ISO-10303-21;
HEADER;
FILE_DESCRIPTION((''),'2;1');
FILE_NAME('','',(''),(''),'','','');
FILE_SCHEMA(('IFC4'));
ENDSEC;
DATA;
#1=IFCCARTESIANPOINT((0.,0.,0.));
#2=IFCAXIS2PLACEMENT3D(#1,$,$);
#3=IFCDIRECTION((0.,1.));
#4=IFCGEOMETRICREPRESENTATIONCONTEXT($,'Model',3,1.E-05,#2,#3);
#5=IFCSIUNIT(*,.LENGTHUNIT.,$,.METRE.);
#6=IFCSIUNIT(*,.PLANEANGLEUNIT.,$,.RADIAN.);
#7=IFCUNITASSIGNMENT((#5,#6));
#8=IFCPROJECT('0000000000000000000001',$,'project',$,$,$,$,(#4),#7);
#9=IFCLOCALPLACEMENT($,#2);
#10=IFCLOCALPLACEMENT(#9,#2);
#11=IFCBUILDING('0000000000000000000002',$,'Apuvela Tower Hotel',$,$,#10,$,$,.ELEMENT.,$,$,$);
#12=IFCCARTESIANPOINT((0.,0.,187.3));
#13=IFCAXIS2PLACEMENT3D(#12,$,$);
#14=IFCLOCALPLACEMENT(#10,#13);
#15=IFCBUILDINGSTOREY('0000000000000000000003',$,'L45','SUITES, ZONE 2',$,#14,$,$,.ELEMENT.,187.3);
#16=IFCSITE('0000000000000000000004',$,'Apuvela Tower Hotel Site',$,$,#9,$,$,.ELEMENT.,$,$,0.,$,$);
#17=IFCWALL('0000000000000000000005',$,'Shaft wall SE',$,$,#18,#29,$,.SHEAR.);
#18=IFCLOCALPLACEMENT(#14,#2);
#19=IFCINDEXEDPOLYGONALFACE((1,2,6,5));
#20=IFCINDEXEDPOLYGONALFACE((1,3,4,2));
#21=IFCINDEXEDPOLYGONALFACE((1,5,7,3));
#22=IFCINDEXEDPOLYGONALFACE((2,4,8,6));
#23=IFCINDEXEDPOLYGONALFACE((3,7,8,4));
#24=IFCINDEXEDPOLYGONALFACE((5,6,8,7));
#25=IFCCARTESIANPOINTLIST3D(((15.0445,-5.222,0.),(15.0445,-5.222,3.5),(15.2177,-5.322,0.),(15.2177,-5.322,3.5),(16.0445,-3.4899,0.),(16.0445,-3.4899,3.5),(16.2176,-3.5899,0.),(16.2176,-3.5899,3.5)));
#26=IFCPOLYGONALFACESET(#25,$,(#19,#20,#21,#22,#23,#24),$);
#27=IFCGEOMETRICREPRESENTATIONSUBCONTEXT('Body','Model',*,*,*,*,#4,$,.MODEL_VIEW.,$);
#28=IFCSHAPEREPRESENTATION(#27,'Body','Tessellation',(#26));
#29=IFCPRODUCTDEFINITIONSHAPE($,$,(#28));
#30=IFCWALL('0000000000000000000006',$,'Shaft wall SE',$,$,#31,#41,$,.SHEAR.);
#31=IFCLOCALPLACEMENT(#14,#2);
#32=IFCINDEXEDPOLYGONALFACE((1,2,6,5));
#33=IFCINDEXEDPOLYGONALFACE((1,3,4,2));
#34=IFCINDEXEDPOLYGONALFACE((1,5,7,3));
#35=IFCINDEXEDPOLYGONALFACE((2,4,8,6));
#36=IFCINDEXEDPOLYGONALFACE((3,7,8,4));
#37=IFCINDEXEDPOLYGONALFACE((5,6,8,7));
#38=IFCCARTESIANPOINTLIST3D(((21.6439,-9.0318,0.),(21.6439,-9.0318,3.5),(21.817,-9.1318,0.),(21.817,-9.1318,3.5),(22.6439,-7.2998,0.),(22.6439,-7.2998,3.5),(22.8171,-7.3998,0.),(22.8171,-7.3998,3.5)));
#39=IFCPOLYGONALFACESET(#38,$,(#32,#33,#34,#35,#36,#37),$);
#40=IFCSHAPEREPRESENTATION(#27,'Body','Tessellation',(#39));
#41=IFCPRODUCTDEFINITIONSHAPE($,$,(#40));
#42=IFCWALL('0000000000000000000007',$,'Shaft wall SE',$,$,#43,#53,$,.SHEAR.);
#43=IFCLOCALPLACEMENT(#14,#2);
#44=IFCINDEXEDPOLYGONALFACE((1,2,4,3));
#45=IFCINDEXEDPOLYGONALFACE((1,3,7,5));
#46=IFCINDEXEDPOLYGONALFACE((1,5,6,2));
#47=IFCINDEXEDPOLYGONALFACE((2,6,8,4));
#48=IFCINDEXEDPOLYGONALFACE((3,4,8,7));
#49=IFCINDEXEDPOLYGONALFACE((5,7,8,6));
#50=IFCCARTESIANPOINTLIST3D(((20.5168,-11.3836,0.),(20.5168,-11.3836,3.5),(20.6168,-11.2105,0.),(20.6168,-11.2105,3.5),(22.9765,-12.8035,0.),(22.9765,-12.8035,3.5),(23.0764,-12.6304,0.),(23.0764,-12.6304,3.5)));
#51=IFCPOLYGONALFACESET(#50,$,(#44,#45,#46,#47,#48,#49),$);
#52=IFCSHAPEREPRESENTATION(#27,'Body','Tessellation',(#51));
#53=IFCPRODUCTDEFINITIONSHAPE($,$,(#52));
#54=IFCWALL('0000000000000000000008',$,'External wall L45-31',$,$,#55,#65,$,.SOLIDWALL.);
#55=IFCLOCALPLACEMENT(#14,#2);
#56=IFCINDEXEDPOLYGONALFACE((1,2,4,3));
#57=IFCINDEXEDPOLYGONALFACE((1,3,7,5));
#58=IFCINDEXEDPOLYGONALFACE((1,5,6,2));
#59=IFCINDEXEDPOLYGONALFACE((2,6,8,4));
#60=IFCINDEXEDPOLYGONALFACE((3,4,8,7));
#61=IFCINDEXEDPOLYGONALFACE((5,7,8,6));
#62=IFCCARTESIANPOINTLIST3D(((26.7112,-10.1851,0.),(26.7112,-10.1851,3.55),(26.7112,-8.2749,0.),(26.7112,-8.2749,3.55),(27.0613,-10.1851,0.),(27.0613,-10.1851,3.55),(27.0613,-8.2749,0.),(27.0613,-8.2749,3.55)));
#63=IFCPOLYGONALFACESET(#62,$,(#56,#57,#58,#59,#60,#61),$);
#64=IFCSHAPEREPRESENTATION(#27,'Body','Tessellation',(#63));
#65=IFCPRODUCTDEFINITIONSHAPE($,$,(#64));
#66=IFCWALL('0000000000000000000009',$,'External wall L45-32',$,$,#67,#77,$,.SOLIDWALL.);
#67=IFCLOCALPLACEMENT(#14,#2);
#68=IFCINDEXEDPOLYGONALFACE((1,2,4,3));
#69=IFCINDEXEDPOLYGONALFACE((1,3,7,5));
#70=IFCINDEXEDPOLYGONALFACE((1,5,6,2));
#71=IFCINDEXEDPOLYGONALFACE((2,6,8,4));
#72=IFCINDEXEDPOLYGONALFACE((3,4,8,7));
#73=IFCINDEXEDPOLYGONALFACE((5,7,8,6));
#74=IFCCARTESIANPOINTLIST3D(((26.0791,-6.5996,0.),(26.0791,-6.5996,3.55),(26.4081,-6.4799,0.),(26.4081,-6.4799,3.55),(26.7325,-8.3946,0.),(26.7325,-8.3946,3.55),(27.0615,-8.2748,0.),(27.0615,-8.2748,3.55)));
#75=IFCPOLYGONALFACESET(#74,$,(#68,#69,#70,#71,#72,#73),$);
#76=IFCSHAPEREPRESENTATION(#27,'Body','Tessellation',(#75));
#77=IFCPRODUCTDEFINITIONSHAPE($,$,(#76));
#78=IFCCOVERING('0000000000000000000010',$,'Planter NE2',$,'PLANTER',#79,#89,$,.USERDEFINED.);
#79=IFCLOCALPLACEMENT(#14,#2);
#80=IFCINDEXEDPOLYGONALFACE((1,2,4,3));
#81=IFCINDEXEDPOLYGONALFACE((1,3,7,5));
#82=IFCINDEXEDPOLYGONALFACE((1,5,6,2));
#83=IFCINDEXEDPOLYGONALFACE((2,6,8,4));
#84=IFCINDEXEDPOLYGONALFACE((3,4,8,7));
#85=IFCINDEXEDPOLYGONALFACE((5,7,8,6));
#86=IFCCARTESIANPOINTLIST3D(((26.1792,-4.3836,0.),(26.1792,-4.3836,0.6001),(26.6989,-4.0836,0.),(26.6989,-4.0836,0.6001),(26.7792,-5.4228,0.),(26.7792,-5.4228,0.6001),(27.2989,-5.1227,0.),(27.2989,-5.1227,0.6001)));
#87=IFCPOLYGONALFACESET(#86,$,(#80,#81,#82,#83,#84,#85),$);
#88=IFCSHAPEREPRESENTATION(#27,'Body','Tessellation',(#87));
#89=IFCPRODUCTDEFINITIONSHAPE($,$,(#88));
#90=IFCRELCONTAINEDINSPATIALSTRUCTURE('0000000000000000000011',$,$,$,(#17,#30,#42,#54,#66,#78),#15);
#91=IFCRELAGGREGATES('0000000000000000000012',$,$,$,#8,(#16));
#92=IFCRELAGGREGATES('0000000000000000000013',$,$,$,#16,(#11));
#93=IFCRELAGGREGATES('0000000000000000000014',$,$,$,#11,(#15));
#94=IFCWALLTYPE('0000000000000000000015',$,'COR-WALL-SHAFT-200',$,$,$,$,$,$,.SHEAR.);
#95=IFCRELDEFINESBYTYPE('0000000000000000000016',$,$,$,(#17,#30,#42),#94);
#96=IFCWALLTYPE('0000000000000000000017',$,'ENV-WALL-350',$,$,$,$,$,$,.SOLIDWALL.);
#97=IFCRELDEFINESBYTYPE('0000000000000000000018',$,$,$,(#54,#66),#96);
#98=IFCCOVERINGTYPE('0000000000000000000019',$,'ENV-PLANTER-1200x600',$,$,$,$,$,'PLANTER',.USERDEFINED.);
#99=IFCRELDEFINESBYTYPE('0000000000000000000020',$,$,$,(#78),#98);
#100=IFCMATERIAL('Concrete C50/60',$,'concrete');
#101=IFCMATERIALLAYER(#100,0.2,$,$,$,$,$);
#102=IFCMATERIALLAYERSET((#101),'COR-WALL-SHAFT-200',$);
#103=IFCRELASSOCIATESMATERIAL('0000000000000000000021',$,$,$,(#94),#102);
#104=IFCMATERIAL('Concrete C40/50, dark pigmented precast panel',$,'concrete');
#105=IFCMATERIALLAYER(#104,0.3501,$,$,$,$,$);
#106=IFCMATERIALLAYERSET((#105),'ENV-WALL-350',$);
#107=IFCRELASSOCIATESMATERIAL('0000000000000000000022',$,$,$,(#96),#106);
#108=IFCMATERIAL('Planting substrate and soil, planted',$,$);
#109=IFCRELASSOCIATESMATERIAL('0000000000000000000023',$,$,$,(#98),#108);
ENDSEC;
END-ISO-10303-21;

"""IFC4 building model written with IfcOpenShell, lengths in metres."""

from ifc_helpers import new_model, si_unit, direction, frame, frame_2d, origin, origin_2d, place, context, subcontext, project, spatial, rectangle, extrude, material, layer, layer_set, type_object, element, save


model = new_model("IFC4")

# Units and contexts
model_context = context("Model", 3, precision=1e-05, world=origin(), true_north=direction((0.0, 1.0)))
body_context = subcontext(model_context, "Body", "Model", "MODEL_VIEW")
ifc_project = project(units=[si_unit("LENGTHUNIT", "METRE"), si_unit("PLANEANGLEUNIT", "RADIAN")], contexts=[model_context])

# Site, building, storey
site_placement = place(None, origin())
site = spatial("IfcSite", under=ifc_project, at=site_placement, Name="Apuvela Tower Hotel Site", CompositionType="ELEMENT", RefElevation=0.0)
building_placement = place(site_placement, origin())
building = spatial("IfcBuilding", under=site, at=building_placement, Name="Apuvela Tower Hotel", CompositionType="ELEMENT")
storey_placement = place(building_placement, frame((0.0, 0.0, 187.3)))
storey = spatial("IfcBuildingStorey", under=building, at=storey_placement, Name="L45", Description="SUITES, ZONE 2", CompositionType="ELEMENT", Elevation=187.3)

# Walls
ifc_material_1 = material(Name="Concrete C50/60", Category="concrete")
ifc_layer_1 = layer(ifc_material_1, 0.2)
ifc_layer_set_1 = layer_set([ifc_layer_1], Name="COR-WALL-SHAFT-200")
wall_type_1 = type_object("IfcWallType", Name="COR-WALL-SHAFT-200", PredefinedType="SHEAR", material=ifc_layer_set_1)
for number, where, z_axis, x_axis, name in (
    (1, (15.1311, -5.272, 0.0), (0.0, 0.0, 1.0), (0.499973, 0.866041, 0.0), "Shaft wall SE"),
    (2, (21.7305, -9.0818, 0.0), (0.0, 0.0, 1.0), (0.500025, 0.866011, 0.0), "Shaft wall SE"),
):
    element("IfcWall", number, at=place(storey_placement, frame(where, z_axis=z_axis, x_axis=x_axis)), inside=storey, type_object=wall_type_1, Name=name, PredefinedType="SHEAR", context=body_context, shape_type="SweptSolid", body=[
        extrude(rectangle(XDim=2.0, YDim=0.2, at=frame_2d((1.0, 0.0))), origin(), (0.0, 0.0, 1.0), 3.5),
    ])
wall_1_placement = place(storey_placement, frame((20.5669, -11.2971, 0.0), z_axis=(0.0, 0.0, 1.0), x_axis=(0.866055, -0.499948, 0.0)))
element("IfcWall", 3, at=wall_1_placement, inside=storey, type_object=wall_type_1, Name="Shaft wall SE", PredefinedType="SHEAR", context=body_context, shape_type="SweptSolid", body=[
    extrude(rectangle(XDim=2.8401, YDim=0.2, at=frame_2d((1.4199, 0.0))), origin(), (0.0, 0.0, 1.0), 3.5),
])
ifc_material_2 = material(Name="Concrete C40/50, dark pigmented precast panel", Category="concrete")
ifc_layer_2 = layer(ifc_material_2, 0.3501)
ifc_layer_set_2 = layer_set([ifc_layer_2], Name="ENV-WALL-350")
wall_type_2 = type_object("IfcWallType", Name="ENV-WALL-350", PredefinedType="SOLIDWALL", material=ifc_layer_set_2)
for number, where, z_axis, x_axis, name in (
    (4, (26.8862, -10.1851, 0.0), (0.0, 0.0, 1.0), (0.0, 1.0, 0.0), "External wall L45-31"),
    (5, (26.897, -8.3347, 0.0), (0.0, 0.0, 1.0), (-0.34203, 0.939689, 0.0), "External wall L45-32"),
):
    element("IfcWall", number, at=place(storey_placement, frame(where, z_axis=z_axis, x_axis=x_axis)), inside=storey, type_object=wall_type_2, Name=name, PredefinedType="SOLIDWALL", context=body_context, shape_type="SweptSolid", body=[
        extrude(rectangle(XDim=1.9102, YDim=0.3501, at=frame_2d((0.9551, 0.0))), origin(), (0.0, 0.0, 1.0), 3.55),
    ])

# Covering
ifc_material_3 = material(Name="Planting substrate and soil, planted")
covering_type = type_object("IfcCoveringType", Name="ENV-PLANTER-1200x600", ElementType="PLANTER", PredefinedType="USERDEFINED", material=ifc_material_3)
covering_placement = place(storey_placement, frame((26.739, -4.7532, 0.0), z_axis=(0.0, 0.0, 1.0), x_axis=(-0.5, 0.866025, 0.0)))
element("IfcCovering", 6, at=covering_placement, inside=storey, type_object=covering_type, Name="Planter NE2", ObjectType="PLANTER", PredefinedType="USERDEFINED", context=body_context, shape_type="SweptSolid", body=[
    extrude(rectangle(XDim=1.2, YDim=0.6001, at=origin_2d()), origin(), (0.0, 0.0, 1.0), 0.6001),
])

save(model, "model.ifc")
